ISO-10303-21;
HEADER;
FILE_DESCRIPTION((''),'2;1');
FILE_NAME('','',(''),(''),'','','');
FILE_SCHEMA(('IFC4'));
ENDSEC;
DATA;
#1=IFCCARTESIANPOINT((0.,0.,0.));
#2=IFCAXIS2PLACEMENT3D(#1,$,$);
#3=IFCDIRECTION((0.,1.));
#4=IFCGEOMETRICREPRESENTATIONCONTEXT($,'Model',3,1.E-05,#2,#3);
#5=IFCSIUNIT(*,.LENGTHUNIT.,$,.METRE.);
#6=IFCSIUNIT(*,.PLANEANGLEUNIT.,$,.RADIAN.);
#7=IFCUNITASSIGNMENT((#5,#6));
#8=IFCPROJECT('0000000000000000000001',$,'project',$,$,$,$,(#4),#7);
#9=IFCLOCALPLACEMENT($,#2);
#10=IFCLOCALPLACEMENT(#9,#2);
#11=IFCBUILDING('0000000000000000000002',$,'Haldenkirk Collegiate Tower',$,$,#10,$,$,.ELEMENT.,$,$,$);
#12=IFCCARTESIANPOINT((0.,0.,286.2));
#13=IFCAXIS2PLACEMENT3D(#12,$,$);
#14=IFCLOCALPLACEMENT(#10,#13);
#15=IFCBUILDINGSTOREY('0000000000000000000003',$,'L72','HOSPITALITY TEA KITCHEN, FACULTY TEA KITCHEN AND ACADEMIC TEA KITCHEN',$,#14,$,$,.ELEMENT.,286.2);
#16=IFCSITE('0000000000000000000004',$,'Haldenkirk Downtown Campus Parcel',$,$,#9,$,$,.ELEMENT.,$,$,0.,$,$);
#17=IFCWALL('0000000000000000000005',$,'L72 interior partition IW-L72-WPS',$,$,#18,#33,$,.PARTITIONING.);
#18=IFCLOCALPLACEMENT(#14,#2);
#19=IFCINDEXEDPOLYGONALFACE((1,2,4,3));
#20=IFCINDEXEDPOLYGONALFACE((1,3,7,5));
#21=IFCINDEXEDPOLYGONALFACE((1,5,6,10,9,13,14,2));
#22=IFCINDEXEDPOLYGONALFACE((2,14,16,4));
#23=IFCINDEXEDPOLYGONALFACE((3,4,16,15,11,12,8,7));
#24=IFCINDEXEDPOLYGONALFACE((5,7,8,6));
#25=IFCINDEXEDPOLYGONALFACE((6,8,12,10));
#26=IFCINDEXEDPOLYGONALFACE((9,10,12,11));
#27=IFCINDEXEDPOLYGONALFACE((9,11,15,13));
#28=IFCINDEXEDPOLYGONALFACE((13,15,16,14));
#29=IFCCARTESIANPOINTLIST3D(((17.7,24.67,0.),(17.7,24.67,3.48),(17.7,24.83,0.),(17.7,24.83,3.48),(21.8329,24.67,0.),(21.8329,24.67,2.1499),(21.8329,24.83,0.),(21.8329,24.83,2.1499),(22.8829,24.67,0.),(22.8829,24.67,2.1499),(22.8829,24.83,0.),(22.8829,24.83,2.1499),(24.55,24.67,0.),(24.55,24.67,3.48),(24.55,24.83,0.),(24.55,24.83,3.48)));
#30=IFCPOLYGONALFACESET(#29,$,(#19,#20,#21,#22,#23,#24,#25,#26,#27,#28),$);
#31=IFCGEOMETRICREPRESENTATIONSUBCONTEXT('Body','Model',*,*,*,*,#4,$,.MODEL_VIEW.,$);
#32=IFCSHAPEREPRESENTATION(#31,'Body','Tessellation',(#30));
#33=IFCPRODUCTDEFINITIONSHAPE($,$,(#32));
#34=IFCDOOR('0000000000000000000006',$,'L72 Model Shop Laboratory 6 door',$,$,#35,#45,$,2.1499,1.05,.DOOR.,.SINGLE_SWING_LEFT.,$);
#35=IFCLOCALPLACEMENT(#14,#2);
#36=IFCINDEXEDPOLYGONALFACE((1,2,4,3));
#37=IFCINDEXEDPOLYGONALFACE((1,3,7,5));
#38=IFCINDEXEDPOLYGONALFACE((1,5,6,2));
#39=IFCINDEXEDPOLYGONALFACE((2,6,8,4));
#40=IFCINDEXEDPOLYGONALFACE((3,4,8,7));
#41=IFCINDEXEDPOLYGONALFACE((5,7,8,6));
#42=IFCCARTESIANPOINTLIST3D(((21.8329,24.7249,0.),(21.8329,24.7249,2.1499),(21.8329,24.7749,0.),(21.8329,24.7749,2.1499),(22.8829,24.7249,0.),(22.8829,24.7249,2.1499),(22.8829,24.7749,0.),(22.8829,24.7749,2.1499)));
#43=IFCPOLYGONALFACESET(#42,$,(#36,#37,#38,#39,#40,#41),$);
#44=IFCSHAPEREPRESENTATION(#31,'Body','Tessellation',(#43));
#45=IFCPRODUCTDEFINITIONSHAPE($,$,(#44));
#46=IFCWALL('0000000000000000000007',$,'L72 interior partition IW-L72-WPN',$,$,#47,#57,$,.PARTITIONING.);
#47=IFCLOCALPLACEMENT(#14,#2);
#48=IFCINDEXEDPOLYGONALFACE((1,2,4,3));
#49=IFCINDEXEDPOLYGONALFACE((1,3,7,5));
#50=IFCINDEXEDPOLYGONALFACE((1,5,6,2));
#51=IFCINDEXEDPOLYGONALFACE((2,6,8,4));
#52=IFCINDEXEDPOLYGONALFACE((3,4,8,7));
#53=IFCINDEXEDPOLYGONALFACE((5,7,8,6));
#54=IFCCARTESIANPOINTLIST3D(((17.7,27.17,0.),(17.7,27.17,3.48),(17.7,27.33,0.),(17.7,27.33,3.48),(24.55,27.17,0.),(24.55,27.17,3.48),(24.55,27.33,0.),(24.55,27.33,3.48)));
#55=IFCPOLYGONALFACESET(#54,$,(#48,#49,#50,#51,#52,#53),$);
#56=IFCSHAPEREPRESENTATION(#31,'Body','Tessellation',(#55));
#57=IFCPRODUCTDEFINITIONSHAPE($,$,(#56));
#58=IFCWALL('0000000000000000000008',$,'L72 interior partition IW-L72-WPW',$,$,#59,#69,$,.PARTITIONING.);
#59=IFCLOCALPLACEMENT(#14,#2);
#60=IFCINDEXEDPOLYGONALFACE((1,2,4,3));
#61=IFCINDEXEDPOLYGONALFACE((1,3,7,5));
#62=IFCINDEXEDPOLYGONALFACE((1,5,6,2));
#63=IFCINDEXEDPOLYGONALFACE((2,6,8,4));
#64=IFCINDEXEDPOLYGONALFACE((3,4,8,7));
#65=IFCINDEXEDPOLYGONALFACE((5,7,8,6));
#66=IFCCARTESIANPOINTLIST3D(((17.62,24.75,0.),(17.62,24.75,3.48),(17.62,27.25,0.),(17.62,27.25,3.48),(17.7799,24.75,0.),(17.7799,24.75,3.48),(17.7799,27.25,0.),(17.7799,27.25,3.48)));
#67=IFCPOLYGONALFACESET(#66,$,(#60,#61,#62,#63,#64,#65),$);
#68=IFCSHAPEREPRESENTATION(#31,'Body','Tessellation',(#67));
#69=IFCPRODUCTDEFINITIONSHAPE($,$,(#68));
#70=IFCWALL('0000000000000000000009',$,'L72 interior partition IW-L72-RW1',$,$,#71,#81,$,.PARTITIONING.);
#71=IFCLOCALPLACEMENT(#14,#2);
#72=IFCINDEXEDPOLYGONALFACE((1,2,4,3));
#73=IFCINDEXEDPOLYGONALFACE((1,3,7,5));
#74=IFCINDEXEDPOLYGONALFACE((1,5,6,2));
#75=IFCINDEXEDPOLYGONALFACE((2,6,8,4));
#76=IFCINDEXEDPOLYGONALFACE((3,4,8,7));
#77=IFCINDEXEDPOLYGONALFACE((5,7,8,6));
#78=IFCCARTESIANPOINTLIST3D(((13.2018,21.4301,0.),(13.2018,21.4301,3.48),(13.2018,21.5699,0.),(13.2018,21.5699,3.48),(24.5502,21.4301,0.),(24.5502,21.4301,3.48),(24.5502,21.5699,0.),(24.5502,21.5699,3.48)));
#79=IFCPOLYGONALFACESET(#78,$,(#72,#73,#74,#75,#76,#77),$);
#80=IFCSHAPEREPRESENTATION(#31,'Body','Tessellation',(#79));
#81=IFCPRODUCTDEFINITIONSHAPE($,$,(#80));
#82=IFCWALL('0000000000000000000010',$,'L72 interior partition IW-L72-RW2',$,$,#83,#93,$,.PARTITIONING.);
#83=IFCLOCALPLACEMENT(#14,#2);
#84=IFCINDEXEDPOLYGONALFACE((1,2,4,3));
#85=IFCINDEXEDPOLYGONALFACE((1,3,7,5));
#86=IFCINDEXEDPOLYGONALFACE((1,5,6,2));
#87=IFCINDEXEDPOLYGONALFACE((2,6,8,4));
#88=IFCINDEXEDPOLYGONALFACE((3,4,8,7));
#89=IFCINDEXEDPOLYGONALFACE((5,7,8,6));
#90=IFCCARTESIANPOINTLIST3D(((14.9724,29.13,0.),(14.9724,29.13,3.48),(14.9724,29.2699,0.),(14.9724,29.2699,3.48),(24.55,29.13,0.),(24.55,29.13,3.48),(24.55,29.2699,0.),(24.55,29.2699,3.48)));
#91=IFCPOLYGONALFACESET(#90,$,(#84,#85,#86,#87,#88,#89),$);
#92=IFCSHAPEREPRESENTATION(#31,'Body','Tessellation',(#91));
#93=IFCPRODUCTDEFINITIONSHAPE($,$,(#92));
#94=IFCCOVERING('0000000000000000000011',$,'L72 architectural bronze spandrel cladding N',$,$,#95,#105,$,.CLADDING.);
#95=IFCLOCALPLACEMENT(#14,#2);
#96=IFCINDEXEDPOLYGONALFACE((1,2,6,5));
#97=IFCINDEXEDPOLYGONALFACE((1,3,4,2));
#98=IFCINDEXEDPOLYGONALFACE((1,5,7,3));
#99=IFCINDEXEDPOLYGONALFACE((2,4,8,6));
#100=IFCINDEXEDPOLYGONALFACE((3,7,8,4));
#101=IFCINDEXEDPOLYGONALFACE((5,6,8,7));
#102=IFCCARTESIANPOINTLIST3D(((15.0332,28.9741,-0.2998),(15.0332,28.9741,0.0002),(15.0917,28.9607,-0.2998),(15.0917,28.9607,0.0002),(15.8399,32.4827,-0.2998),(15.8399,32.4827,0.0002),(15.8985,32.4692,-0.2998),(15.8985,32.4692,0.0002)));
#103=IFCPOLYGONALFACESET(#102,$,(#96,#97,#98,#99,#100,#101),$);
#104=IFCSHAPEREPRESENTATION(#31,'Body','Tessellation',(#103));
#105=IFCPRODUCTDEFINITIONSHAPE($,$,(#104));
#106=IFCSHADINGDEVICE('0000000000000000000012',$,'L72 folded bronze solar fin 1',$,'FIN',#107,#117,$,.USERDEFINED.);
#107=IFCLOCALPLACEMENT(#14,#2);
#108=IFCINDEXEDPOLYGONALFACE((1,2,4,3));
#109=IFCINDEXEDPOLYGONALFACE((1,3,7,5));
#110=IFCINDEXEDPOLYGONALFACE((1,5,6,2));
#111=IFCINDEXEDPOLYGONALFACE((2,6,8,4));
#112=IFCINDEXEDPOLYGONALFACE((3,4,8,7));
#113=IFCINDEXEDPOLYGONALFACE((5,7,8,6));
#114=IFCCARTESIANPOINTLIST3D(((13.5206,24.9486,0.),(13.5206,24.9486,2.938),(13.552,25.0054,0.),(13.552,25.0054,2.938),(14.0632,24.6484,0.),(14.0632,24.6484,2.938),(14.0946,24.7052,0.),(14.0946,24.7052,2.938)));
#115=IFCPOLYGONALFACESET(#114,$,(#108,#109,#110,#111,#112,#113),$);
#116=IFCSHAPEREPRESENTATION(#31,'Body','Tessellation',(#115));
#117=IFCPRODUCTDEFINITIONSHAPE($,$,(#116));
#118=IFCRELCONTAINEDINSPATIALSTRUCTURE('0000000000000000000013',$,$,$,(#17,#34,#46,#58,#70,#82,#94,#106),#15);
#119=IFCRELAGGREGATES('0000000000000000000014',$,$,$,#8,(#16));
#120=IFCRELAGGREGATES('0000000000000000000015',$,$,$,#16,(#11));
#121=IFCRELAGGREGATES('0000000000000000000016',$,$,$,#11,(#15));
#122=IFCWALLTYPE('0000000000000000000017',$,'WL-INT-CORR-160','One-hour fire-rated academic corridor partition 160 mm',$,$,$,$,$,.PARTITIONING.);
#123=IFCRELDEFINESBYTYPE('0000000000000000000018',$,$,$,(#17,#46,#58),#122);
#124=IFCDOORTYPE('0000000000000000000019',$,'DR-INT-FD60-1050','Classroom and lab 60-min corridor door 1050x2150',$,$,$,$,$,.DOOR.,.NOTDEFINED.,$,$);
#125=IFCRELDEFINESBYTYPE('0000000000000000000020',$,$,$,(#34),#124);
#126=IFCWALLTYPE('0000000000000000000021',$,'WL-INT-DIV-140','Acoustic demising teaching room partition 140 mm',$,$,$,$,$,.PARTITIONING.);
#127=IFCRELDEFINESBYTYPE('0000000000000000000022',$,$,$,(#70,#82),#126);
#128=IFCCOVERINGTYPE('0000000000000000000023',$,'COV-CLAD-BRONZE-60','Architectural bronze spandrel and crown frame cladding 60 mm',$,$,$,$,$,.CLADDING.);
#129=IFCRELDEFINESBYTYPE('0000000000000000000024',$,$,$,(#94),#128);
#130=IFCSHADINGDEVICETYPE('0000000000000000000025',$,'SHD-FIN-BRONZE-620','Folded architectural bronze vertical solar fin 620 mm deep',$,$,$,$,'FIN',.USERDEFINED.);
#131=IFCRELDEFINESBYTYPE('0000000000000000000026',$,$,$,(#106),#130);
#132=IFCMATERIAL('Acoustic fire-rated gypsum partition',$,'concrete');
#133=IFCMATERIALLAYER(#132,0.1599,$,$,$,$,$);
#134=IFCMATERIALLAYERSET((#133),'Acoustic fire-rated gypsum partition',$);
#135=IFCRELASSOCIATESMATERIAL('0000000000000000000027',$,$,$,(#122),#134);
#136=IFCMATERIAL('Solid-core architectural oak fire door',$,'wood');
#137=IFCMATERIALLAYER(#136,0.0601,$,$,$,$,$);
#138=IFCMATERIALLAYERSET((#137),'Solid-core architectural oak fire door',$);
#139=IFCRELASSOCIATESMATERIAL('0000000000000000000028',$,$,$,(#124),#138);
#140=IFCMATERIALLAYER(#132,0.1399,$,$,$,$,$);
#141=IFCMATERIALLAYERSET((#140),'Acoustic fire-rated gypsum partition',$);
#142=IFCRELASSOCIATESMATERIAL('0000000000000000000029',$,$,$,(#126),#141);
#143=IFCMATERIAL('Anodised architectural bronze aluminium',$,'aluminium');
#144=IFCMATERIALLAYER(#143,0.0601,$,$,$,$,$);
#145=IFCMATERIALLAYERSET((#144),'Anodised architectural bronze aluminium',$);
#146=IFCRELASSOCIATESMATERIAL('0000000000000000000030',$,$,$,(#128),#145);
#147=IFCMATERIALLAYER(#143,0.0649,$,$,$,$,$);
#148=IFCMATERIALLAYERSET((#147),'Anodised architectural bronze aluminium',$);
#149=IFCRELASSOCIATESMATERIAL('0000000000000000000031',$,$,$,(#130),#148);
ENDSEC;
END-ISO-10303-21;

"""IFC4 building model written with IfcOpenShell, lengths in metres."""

from ifc_helpers import new_model, si_unit, direction, frame, frame_2d, origin, origin_2d, place, context, subcontext, project, spatial, rectangle, extrude, source, transform, mapped, material, layer, layer_set, type_object, element, fill, save


model = new_model("IFC4")

# Units and contexts
model_context = context("Model", 3, precision=1e-05, world=origin(), true_north=direction((0.0, 1.0)))
body_context = subcontext(model_context, "Body", "Model", "MODEL_VIEW")
ifc_project = project(units=[si_unit("LENGTHUNIT", "METRE"), si_unit("PLANEANGLEUNIT", "RADIAN")], contexts=[model_context])

# Site, building, storey
site_placement = place(None, origin())
site = spatial("IfcSite", under=ifc_project, at=site_placement, Name="Haldenkirk Downtown Campus Parcel", CompositionType="ELEMENT", RefElevation=0.0)
building_placement = place(site_placement, origin())
building = spatial("IfcBuilding", under=site, at=building_placement, Name="Haldenkirk Collegiate Tower", CompositionType="ELEMENT")
storey_placement = place(building_placement, frame((0.0, 0.0, 286.2)))
storey = spatial("IfcBuildingStorey", under=building, at=storey_placement, Name="L72", Description="HOSPITALITY TEA KITCHEN, FACULTY TEA KITCHEN AND ACADEMIC TEA KITCHEN", CompositionType="ELEMENT", Elevation=286.2)

# Shared definitions
ifc_material_1 = material(Name="Anodised architectural bronze aluminium", Category="aluminium")

# Wall, opening, door
ifc_material_2 = material(Name="Acoustic fire-rated gypsum partition", Category="concrete")
ifc_layer_1 = layer(ifc_material_2, 0.1599)
ifc_layer_set_1 = layer_set([ifc_layer_1], Name="Acoustic fire-rated gypsum partition")
wall_type_1 = type_object("IfcWallType", Name="WL-INT-CORR-160", Description="One-hour fire-rated academic corridor partition 160 mm", PredefinedType="PARTITIONING", material=ifc_layer_set_1)
wall_1_placement = place(storey_placement, frame((17.7, 24.75, 0.0), z_axis=(0.0, 0.0, 1.0), x_axis=(1.0, 0.0, 0.0)))
wall_1 = element("IfcWall", 1, at=wall_1_placement, inside=storey, type_object=wall_type_1, Name="L72 interior partition IW-L72-WPS", PredefinedType="PARTITIONING", context=body_context, shape_type="SweptSolid", body=[
    extrude(rectangle(XDim=6.8501, YDim=0.1599, at=frame_2d((3.425, 0.0))), origin(), (0.0, 0.0, 1.0), 3.48),
])
opening_placement = place(wall_1_placement, frame((4.1331, 0.0, 0.0)))
opening = element("IfcOpeningElement", 2, at=opening_placement, cuts=wall_1, PredefinedType="OPENING", context=body_context, shape_type="SweptSolid", body=[
    extrude(rectangle(XDim=1.05, YDim=2.1499, at=frame_2d((0.5249, 1.075))), frame((0.0, 0.0898, 0.0), z_axis=(0.0, -1.0, 0.0), x_axis=(1.0, 0.0, 0.0)), (0.0, 0.0, 1.0), 0.1799),
])
ifc_material_3 = material(Name="Solid-core architectural oak fire door", Category="wood")
ifc_layer_2 = layer(ifc_material_3, 0.0601)
ifc_layer_set_2 = layer_set([ifc_layer_2], Name="Solid-core architectural oak fire door")
door_type = type_object("IfcDoorType", Name="DR-INT-FD60-1050", Description="Classroom and lab 60-min corridor door 1050x2150", OperationType="NOTDEFINED", PredefinedType="DOOR", material=ifc_layer_set_2)
door_placement = place(opening_placement, origin())
door = element("IfcDoor", 3, at=door_placement, inside=storey, type_object=door_type, Name="L72 Model Shop Laboratory 6 door", OperationType="SINGLE_SWING_LEFT", OverallHeight=2.1499, OverallWidth=1.05, PredefinedType="DOOR", context=body_context, shape_type="SweptSolid", body=[
    extrude(rectangle(XDim=1.05, YDim=2.1499, at=frame_2d((0.5249, 1.075))), frame((0.0, 0.0249, 0.0), z_axis=(0.0, -1.0, 0.0), x_axis=(1.0, 0.0, 0.0)), (0.0, 0.0, 1.0), 0.05),
])
fill(opening, door)

# Walls
wall_2_placement = place(storey_placement, frame((17.7, 27.25, 0.0), z_axis=(0.0, 0.0, 1.0), x_axis=(1.0, 0.0, 0.0)))
element("IfcWall", 4, at=wall_2_placement, inside=storey, type_object=wall_type_1, Name="L72 interior partition IW-L72-WPN", PredefinedType="PARTITIONING", context=body_context, shape_type="SweptSolid", body=[
    extrude(rectangle(XDim=6.8501, YDim=0.1599, at=frame_2d((3.425, 0.0))), origin(), (0.0, 0.0, 1.0), 3.48),
])
wall_3_placement = place(storey_placement, frame((17.7, 24.75, 0.0), z_axis=(0.0, 0.0, 1.0), x_axis=(0.0, 1.0, 0.0)))
element("IfcWall", 5, at=wall_3_placement, inside=storey, type_object=wall_type_1, Name="L72 interior partition IW-L72-WPW", PredefinedType="PARTITIONING", context=body_context, shape_type="SweptSolid", body=[
    extrude(rectangle(XDim=2.5, YDim=0.1599, at=frame_2d((1.25, 0.0))), origin(), (0.0, 0.0, 1.0), 3.48),
])
ifc_layer_3 = layer(ifc_material_2, 0.1399)
ifc_layer_set_3 = layer_set([ifc_layer_3], Name="Acoustic fire-rated gypsum partition")
wall_type_2 = type_object("IfcWallType", Name="WL-INT-DIV-140", Description="Acoustic demising teaching room partition 140 mm", PredefinedType="PARTITIONING", material=ifc_layer_set_3)
wall_4_placement = place(storey_placement, frame((13.2017, 21.5, 0.0), z_axis=(0.0, 0.0, 1.0), x_axis=(1.0, 0.0, 0.0)))
element("IfcWall", 6, at=wall_4_placement, inside=storey, type_object=wall_type_2, Name="L72 interior partition IW-L72-RW1", PredefinedType="PARTITIONING", context=body_context, shape_type="SweptSolid", body=[
    extrude(rectangle(XDim=11.3484, YDim=0.1399, at=frame_2d((5.6743, 0.0))), origin(), (0.0, 0.0, 1.0), 3.48),
])
wall_5_placement = place(storey_placement, frame((14.9724, 29.2, 0.0), z_axis=(0.0, 0.0, 1.0), x_axis=(1.0, 0.0, 0.0)))
element("IfcWall", 7, at=wall_5_placement, inside=storey, type_object=wall_type_2, Name="L72 interior partition IW-L72-RW2", PredefinedType="PARTITIONING", context=body_context, shape_type="SweptSolid", body=[
    extrude(rectangle(XDim=9.5776, YDim=0.1399, at=frame_2d((4.7888, 0.0))), origin(), (0.0, 0.0, 1.0), 3.48),
])

# Covering
ifc_layer_4 = layer(ifc_material_1, 0.0601)
ifc_layer_set_4 = layer_set([ifc_layer_4], Name="Anodised architectural bronze aluminium")
covering_type = type_object("IfcCoveringType", Name="COV-CLAD-BRONZE-60", Description="Architectural bronze spandrel and crown frame cladding 60 mm", PredefinedType="CLADDING", material=ifc_layer_set_4)
shared_shape_1 = source(origin(), body_context, "Body", "SweptSolid", [
    extrude(rectangle(XDim=3.6001, YDim=0.0601, at=origin_2d()), origin(), (0.0, 0.0, 1.0), 0.3),
])
covering_placement = place(storey_placement, frame((15.4658, 30.7217, -0.2998), z_axis=(0.0, 0.0, 1.0), x_axis=(0.224101, 0.974566, 0.0)))
element("IfcCovering", 8, at=covering_placement, inside=storey, type_object=covering_type, Name="L72 architectural bronze spandrel cladding N", PredefinedType="CLADDING", context=body_context, shape_type="MappedRepresentation", body=[
    mapped(shared_shape_1, transform((0.0, 0.0, 0.0), x_axis=(1.0, 0.0, 0.0), y_axis=(0.0, 1.0, 0.0), z_axis=(0.0, 0.0, 1.0), scale=1.0)),
])

# Shading device
ifc_layer_5 = layer(ifc_material_1, 0.0649)
ifc_layer_set_5 = layer_set([ifc_layer_5], Name="Anodised architectural bronze aluminium")
shading_device_type = type_object("IfcShadingDeviceType", Name="SHD-FIN-BRONZE-620", Description="Folded architectural bronze vertical solar fin 620 mm deep", ElementType="FIN", PredefinedType="USERDEFINED", material=ifc_layer_set_5)
shared_shape_2 = source(origin(), body_context, "Body", "SweptSolid", [
    extrude(rectangle(XDim=0.6201, YDim=0.0649, at=origin_2d()), origin(), (0.0, 0.0, 1.0), 2.938),
])
shading_device_placement = place(storey_placement, frame((13.8076, 24.8269, 0.0), z_axis=(0.0, 0.0, 1.0), x_axis=(-0.875042, 0.484046, 0.0)))
element("IfcShadingDevice", 9, at=shading_device_placement, inside=storey, type_object=shading_device_type, Name="L72 folded bronze solar fin 1", ObjectType="FIN", PredefinedType="USERDEFINED", context=body_context, shape_type="MappedRepresentation", body=[
    mapped(shared_shape_2, transform((0.0, 0.0, 0.0), x_axis=(1.0, 0.0, 0.0), y_axis=(0.0, 1.0, 0.0), z_axis=(0.0, 0.0, 1.0), scale=1.0)),
])

save(model, "model.ifc")
